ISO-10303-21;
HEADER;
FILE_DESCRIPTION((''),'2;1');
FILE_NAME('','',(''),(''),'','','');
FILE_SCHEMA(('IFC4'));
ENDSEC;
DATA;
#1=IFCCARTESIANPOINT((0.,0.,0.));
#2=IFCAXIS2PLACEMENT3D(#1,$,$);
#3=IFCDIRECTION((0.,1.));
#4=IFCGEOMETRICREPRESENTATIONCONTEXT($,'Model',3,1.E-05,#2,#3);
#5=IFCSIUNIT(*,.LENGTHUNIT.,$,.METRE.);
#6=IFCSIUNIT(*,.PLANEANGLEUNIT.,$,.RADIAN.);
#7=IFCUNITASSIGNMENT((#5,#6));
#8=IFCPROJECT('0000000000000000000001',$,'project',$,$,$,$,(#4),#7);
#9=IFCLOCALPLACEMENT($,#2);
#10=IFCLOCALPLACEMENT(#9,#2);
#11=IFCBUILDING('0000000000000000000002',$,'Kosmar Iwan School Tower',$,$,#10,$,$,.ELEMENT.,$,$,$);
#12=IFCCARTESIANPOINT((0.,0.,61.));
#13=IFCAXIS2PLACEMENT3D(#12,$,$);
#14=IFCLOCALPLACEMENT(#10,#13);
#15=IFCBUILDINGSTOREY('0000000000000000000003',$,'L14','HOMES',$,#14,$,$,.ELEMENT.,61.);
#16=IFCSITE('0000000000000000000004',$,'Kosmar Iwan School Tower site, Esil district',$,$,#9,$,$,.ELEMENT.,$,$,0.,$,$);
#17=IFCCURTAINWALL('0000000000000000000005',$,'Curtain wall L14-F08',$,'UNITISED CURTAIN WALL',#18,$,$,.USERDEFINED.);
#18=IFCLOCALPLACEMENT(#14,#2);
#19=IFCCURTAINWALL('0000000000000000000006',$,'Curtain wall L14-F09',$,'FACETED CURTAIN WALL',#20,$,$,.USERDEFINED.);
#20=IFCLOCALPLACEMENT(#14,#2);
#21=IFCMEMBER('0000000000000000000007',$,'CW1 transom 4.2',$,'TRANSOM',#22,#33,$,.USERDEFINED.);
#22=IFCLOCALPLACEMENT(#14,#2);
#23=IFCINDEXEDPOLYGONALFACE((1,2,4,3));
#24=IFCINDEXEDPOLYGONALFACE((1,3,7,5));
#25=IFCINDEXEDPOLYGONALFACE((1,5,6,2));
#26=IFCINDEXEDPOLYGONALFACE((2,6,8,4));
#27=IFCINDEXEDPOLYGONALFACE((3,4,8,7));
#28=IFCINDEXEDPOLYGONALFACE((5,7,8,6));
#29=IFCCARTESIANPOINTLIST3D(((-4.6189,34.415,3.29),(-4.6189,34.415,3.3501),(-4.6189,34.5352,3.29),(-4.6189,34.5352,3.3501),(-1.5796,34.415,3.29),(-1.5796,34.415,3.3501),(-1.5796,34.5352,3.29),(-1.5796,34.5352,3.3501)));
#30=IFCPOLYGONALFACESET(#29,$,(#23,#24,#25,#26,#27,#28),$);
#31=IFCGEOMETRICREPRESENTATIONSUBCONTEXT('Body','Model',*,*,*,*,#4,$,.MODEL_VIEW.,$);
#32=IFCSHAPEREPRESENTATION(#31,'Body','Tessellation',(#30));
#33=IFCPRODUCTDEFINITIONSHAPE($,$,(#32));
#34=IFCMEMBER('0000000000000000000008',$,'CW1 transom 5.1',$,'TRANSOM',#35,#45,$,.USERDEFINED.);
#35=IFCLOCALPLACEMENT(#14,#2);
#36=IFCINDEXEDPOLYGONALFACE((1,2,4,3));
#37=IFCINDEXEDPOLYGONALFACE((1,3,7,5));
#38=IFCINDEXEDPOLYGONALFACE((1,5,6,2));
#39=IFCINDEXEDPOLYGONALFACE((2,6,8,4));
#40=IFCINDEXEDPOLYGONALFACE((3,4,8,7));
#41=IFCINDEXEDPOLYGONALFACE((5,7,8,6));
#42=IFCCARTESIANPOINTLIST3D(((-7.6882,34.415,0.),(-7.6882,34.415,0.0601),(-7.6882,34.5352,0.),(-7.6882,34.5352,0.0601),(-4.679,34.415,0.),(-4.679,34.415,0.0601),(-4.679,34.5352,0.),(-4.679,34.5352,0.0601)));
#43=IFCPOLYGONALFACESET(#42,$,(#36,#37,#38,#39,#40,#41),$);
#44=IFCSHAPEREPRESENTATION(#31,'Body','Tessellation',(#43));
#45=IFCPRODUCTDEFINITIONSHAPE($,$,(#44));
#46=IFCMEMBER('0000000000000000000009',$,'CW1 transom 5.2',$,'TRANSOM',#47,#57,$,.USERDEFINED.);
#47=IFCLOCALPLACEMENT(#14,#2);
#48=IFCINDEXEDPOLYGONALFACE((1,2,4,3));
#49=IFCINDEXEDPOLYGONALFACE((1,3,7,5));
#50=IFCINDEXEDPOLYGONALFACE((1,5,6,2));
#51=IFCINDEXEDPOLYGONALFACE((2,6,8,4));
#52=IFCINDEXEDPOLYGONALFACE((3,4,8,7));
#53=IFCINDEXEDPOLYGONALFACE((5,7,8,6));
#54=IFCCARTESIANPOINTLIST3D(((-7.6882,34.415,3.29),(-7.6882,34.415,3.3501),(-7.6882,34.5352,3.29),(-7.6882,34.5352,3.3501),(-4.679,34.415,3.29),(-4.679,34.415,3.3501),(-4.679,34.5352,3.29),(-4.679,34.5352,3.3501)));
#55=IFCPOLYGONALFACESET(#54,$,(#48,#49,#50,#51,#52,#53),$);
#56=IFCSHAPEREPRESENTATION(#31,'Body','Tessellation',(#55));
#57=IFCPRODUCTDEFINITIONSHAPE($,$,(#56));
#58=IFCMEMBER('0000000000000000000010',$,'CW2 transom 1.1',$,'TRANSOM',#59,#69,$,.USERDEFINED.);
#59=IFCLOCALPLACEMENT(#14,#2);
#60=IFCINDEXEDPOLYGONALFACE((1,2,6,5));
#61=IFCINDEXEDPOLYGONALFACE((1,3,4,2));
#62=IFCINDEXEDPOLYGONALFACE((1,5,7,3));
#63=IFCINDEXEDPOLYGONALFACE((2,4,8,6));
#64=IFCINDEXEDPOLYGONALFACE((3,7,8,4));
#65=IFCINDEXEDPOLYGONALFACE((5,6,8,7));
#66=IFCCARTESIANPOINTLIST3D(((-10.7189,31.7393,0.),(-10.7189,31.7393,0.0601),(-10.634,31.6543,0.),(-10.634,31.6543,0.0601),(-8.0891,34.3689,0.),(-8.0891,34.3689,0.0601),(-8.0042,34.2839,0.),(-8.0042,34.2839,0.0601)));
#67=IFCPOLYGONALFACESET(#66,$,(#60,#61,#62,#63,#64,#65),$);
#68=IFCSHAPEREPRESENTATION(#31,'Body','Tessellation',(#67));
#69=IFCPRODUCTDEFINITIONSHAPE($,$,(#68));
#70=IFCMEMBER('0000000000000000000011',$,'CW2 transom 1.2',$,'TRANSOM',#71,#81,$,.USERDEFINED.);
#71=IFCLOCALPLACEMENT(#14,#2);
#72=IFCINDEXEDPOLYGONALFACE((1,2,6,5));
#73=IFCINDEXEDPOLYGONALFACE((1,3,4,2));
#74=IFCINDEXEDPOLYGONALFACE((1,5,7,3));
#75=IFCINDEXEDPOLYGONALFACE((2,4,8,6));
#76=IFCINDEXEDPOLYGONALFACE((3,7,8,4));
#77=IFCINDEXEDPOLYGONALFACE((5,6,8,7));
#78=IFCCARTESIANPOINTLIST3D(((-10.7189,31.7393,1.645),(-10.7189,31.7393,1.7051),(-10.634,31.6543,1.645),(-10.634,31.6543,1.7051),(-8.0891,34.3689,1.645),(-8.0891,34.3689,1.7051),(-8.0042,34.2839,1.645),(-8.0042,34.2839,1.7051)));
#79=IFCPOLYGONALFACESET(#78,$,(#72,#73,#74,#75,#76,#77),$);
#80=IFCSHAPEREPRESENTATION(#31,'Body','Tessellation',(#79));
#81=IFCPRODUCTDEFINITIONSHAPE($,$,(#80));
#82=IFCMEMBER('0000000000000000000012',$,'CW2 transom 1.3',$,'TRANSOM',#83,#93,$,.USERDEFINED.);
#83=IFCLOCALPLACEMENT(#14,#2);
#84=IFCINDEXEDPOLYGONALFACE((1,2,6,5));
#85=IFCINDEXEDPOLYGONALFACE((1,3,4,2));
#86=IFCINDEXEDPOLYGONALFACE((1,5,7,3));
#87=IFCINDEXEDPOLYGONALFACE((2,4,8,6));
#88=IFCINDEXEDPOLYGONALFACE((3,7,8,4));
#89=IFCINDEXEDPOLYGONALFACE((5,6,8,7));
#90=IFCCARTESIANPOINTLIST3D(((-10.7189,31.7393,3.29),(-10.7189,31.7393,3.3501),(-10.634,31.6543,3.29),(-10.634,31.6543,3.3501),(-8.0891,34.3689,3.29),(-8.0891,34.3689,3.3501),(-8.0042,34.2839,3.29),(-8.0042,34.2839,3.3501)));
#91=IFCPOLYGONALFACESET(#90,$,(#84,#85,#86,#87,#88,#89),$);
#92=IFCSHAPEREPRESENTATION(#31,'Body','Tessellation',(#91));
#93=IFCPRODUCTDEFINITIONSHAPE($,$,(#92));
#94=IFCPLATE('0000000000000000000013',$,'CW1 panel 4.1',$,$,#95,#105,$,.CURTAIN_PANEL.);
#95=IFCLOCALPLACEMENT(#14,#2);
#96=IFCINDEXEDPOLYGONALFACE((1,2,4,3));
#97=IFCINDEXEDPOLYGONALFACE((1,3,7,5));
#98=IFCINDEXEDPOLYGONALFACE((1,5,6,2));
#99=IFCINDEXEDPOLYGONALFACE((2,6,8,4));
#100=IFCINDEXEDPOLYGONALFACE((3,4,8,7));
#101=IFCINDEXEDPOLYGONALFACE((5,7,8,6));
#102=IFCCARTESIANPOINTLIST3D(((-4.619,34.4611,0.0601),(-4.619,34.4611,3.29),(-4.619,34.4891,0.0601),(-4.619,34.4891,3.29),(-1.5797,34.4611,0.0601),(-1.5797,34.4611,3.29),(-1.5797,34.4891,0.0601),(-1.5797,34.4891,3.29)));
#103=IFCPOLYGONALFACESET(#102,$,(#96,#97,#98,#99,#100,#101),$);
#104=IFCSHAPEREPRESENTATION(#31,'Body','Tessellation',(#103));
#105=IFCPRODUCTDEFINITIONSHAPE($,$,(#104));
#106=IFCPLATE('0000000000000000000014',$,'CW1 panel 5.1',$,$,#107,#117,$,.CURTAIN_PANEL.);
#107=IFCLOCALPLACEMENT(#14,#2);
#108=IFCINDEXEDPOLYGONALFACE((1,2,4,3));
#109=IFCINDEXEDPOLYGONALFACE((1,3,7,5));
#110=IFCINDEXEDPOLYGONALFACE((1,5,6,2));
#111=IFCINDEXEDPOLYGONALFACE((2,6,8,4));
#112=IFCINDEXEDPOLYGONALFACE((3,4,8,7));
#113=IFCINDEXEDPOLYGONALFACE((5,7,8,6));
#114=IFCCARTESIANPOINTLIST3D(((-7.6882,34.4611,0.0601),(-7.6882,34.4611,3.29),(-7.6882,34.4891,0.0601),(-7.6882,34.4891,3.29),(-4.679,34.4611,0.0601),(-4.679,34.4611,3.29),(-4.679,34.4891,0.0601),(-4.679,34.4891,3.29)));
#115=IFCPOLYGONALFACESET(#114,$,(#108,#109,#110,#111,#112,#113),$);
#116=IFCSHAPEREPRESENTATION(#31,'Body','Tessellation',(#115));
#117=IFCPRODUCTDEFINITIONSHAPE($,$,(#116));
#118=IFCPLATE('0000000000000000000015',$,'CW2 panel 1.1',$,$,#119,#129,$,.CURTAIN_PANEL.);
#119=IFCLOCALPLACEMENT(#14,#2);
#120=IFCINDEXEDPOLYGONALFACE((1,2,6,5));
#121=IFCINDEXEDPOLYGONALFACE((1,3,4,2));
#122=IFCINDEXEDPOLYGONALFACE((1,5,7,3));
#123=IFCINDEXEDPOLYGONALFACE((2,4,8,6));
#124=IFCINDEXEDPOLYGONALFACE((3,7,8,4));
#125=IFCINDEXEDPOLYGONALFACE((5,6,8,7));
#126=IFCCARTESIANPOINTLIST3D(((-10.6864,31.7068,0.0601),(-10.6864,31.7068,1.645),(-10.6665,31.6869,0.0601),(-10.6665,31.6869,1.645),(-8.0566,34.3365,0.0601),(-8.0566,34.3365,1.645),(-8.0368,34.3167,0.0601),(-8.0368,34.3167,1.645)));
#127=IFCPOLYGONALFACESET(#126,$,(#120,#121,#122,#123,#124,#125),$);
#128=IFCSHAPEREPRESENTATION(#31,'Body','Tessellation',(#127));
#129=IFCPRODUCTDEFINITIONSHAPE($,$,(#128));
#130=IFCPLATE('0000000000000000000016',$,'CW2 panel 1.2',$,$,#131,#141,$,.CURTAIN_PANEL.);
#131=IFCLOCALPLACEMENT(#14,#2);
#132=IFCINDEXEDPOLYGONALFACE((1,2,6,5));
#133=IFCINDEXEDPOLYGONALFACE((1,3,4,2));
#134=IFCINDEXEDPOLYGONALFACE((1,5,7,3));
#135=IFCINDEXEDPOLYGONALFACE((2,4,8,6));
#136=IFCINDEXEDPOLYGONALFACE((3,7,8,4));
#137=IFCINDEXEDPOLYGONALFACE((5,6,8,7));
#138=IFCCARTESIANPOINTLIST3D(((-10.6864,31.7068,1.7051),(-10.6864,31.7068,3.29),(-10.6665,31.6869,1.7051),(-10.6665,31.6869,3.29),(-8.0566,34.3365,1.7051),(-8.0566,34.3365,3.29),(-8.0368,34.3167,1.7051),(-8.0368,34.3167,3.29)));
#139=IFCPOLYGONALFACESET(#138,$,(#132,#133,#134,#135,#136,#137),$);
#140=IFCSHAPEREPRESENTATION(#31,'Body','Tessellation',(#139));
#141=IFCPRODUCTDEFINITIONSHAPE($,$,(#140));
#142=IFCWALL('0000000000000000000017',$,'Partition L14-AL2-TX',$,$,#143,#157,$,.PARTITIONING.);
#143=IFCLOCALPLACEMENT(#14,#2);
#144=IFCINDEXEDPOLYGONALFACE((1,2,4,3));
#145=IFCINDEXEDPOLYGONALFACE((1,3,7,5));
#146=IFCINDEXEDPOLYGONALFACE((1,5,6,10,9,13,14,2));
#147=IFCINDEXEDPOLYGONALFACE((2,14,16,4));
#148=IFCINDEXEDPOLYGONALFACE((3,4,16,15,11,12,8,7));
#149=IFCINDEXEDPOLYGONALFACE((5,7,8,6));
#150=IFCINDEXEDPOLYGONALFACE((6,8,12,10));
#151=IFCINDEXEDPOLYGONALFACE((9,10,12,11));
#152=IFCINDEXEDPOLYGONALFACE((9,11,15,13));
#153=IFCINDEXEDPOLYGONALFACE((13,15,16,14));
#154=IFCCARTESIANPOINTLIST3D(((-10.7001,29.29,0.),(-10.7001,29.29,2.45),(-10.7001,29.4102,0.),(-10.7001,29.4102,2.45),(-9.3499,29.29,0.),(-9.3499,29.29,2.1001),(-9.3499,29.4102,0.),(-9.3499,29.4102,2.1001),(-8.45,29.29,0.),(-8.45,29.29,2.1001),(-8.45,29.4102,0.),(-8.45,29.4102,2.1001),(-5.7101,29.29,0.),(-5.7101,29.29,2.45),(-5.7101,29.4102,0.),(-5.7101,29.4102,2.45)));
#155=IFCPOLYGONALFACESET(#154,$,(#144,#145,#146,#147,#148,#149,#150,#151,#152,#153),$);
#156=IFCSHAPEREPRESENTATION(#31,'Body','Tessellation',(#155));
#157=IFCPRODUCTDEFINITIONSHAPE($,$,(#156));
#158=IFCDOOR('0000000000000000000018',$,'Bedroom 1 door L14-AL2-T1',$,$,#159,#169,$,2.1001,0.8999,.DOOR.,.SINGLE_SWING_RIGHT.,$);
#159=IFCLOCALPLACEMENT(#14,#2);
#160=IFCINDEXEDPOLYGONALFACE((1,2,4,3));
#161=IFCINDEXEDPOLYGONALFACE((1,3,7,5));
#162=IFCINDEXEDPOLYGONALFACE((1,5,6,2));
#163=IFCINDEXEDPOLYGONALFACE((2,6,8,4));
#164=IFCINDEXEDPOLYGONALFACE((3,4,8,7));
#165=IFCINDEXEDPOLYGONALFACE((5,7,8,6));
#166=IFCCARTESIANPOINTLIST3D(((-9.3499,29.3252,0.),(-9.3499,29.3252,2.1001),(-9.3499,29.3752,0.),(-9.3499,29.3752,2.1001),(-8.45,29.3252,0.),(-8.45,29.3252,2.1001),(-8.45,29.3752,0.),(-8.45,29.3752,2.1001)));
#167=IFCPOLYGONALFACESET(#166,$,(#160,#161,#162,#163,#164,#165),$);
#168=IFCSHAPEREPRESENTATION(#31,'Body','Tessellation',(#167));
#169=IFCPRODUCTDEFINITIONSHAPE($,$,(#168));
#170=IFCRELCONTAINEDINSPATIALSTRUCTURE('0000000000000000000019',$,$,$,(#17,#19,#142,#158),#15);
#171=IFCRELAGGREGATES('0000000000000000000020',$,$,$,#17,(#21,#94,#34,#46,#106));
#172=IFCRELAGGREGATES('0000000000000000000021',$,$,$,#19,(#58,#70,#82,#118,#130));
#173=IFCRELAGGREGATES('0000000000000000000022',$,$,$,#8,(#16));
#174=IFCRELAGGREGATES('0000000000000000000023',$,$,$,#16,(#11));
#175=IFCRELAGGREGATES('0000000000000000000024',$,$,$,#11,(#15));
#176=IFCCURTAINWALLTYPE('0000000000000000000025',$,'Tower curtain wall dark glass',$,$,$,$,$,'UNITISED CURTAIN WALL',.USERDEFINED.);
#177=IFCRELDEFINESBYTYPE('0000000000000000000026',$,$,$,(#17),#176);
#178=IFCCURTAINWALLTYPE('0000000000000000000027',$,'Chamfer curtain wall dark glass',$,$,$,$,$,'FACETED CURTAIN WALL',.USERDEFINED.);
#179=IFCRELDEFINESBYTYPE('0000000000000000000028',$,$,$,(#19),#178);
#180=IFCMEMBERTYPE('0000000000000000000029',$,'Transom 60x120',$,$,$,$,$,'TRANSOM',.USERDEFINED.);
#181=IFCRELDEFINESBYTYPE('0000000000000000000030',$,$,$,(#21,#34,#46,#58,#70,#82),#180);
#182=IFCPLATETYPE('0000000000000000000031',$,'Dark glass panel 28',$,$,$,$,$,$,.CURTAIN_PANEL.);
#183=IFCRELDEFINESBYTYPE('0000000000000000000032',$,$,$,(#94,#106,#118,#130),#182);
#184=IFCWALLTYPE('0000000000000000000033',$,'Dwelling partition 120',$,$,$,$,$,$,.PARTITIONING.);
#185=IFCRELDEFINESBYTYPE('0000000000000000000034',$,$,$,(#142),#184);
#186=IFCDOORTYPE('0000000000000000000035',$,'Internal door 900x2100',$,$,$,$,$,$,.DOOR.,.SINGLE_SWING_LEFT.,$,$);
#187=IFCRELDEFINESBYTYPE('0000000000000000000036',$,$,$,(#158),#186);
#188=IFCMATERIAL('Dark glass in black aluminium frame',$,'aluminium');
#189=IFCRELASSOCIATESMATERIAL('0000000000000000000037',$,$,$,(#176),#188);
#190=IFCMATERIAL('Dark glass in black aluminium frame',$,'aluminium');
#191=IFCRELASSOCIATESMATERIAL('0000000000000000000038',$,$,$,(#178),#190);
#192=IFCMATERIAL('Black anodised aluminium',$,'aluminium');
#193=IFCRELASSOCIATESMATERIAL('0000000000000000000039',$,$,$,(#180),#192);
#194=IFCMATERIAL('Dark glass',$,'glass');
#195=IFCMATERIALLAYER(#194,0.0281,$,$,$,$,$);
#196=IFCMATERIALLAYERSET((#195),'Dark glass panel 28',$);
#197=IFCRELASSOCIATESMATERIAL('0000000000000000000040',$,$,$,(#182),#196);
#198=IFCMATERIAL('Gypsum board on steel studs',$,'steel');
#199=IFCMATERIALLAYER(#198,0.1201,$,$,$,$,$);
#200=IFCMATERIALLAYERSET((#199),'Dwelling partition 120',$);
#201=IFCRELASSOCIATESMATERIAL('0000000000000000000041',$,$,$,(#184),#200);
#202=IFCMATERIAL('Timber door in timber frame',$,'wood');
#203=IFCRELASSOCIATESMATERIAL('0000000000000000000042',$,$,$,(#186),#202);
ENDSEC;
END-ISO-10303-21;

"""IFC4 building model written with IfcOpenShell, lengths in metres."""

from ifc_helpers import new_model, si_unit, direction, frame, frame_2d, origin, origin_2d, place, context, subcontext, project, spatial, rectangle, extrude, material, layer, layer_set, material_profile, profile_set, type_object, element, fill, aggregate, save


model = new_model("IFC4")

# Units and contexts
model_context = context("Model", 3, precision=1e-05, world=origin(), true_north=direction((0.0, 1.0)))
body_context = subcontext(model_context, "Body", "Model", "MODEL_VIEW")
ifc_project = project(units=[si_unit("LENGTHUNIT", "METRE"), si_unit("PLANEANGLEUNIT", "RADIAN")], contexts=[model_context])

# Site, building, storey
site_placement = place(None, origin())
site = spatial("IfcSite", under=ifc_project, at=site_placement, Name="Kosmar Iwan School Tower site, Esil district", CompositionType="ELEMENT", RefElevation=0.0)
building_placement = place(site_placement, origin())
building = spatial("IfcBuilding", under=site, at=building_placement, Name="Kosmar Iwan School Tower", CompositionType="ELEMENT")
storey_placement = place(building_placement, frame((0.0, 0.0, 61.0)))
storey = spatial("IfcBuildingStorey", under=building, at=storey_placement, Name="L14", Description="HOMES", CompositionType="ELEMENT", Elevation=61.0)

# Curtain walls
ifc_material_1 = material(Name="Dark glass in black aluminium frame", Category="aluminium")
curtain_wall_type_1 = type_object("IfcCurtainWallType", Name="Tower curtain wall dark glass", ElementType="UNITISED CURTAIN WALL", PredefinedType="USERDEFINED", material=ifc_material_1)
curtain_wall_1_placement = place(storey_placement, origin())
curtain_wall_1 = element("IfcCurtainWall", 1, at=curtain_wall_1_placement, inside=storey, type_object=curtain_wall_type_1, Name="Curtain wall L14-F08", ObjectType="UNITISED CURTAIN WALL", PredefinedType="USERDEFINED")
ifc_material_2 = material(Name="Dark glass in black aluminium frame", Category="aluminium")
curtain_wall_type_2 = type_object("IfcCurtainWallType", Name="Chamfer curtain wall dark glass", ElementType="FACETED CURTAIN WALL", PredefinedType="USERDEFINED", material=ifc_material_2)
curtain_wall_2_placement = place(storey_placement, origin())
curtain_wall_2 = element("IfcCurtainWall", 2, at=curtain_wall_2_placement, inside=storey, type_object=curtain_wall_type_2, Name="Curtain wall L14-F09", ObjectType="FACETED CURTAIN WALL", PredefinedType="USERDEFINED")

# Members
ifc_material_3 = material(Name="Black anodised aluminium", Category="aluminium")
ifc_material_profile_1 = material_profile(ifc_material_3, rectangle(XDim=0.1201, YDim=0.0601, at=origin_2d()), Name="TRANSOM 60x120")
ifc_profile_set_1 = profile_set([ifc_material_profile_1], Name="Black anodised aluminium")
member_type_1 = type_object("IfcMemberType", Name="Transom 60x120", ElementType="TRANSOM", PredefinedType="USERDEFINED", material=ifc_profile_set_1)
member_1_placement = place(storey_placement, frame((-1.5796, 34.4751, 3.3201), z_axis=(-1.0, 0.0, 0.0), x_axis=(0.0, -1.0, 0.0)))
member_1 = element("IfcMember", 3, at=member_1_placement, type_object=member_type_1, Name="CW1 transom 4.2", ObjectType="TRANSOM", PredefinedType="USERDEFINED", context=body_context, shape_type="SweptSolid", body=[
    extrude(rectangle(XDim=0.1201, YDim=0.0601, at=origin_2d()), origin(), (0.0, 0.0, 1.0), 3.0393),
])
member_2_placement = place(storey_placement, frame((-4.679, 34.4751, 0.03), z_axis=(-1.0, 0.0, 0.0), x_axis=(0.0, -1.0, 0.0)))
member_2 = element("IfcMember", 4, at=member_2_placement, type_object=member_type_1, Name="CW1 transom 5.1", ObjectType="TRANSOM", PredefinedType="USERDEFINED", context=body_context, shape_type="SweptSolid", body=[
    extrude(rectangle(XDim=0.1201, YDim=0.0601, at=origin_2d()), origin(), (0.0, 0.0, 1.0), 3.0093),
])
member_3_placement = place(storey_placement, frame((-4.679, 34.4751, 3.3201), z_axis=(-1.0, 0.0, 0.0), x_axis=(0.0, -1.0, 0.0)))
member_3 = element("IfcMember", 5, at=member_3_placement, type_object=member_type_1, Name="CW1 transom 5.2", ObjectType="TRANSOM", PredefinedType="USERDEFINED", context=body_context, shape_type="SweptSolid", body=[
    extrude(rectangle(XDim=0.1201, YDim=0.0601, at=origin_2d()), origin(), (0.0, 0.0, 1.0), 3.0093),
])
member_4_placement = place(storey_placement, frame((-8.0466, 34.3264, 0.03), z_axis=(-0.70714, -0.707074, 0.0), x_axis=(0.707074, -0.70714, 0.0)))
member_4 = element("IfcMember", 6, at=member_4_placement, type_object=member_type_1, Name="CW2 transom 1.1", ObjectType="TRANSOM", PredefinedType="USERDEFINED", context=body_context, shape_type="SweptSolid", body=[
    extrude(rectangle(XDim=0.1201, YDim=0.0601, at=origin_2d()), origin(), (0.0, 0.0, 1.0), 3.719),
])
member_5_placement = place(storey_placement, frame((-8.0466, 34.3264, 1.675), z_axis=(-0.70714, -0.707074, 0.0), x_axis=(0.707074, -0.70714, 0.0)))
member_5 = element("IfcMember", 7, at=member_5_placement, type_object=member_type_1, Name="CW2 transom 1.2", ObjectType="TRANSOM", PredefinedType="USERDEFINED", context=body_context, shape_type="SweptSolid", body=[
    extrude(rectangle(XDim=0.1201, YDim=0.0601, at=origin_2d()), origin(), (0.0, 0.0, 1.0), 3.719),
])
member_6_placement = place(storey_placement, frame((-8.0466, 34.3264, 3.3201), z_axis=(-0.70714, -0.707074, 0.0), x_axis=(0.707074, -0.70714, 0.0)))
member_6 = element("IfcMember", 8, at=member_6_placement, type_object=member_type_1, Name="CW2 transom 1.3", ObjectType="TRANSOM", PredefinedType="USERDEFINED", context=body_context, shape_type="SweptSolid", body=[
    extrude(rectangle(XDim=0.1201, YDim=0.0601, at=origin_2d()), origin(), (0.0, 0.0, 1.0), 3.719),
])

# Plates
ifc_material_4 = material(Name="Dark glass", Category="glass")
ifc_layer_1 = layer(ifc_material_4, 0.0281)
ifc_layer_set_1 = layer_set([ifc_layer_1], Name="Dark glass panel 28")
plate_type = type_object("IfcPlateType", Name="Dark glass panel 28", PredefinedType="CURTAIN_PANEL", material=ifc_layer_set_1)
plate_1_placement = place(storey_placement, frame((-3.0994, 34.4751, 0.0601), z_axis=(0.0, 0.0, 1.0), x_axis=(-1.0, 0.0, 0.0)))
plate_1 = element("IfcPlate", 9, at=plate_1_placement, type_object=plate_type, Name="CW1 panel 4.1", PredefinedType="CURTAIN_PANEL", context=body_context, shape_type="SweptSolid", body=[
    extrude(rectangle(XDim=3.0393, YDim=0.0281, at=origin_2d()), origin(), (0.0, 0.0, 1.0), 3.23),
])
plate_2_placement = place(storey_placement, frame((-6.1836, 34.4751, 0.0601), z_axis=(0.0, 0.0, 1.0), x_axis=(-1.0, 0.0, 0.0)))
plate_2 = element("IfcPlate", 10, at=plate_2_placement, type_object=plate_type, Name="CW1 panel 5.1", PredefinedType="CURTAIN_PANEL", context=body_context, shape_type="SweptSolid", body=[
    extrude(rectangle(XDim=3.0093, YDim=0.0281, at=origin_2d()), origin(), (0.0, 0.0, 1.0), 3.23),
])
aggregate(curtain_wall_1, [member_1, plate_1, member_2, member_3, plate_2])
plate_3_placement = place(storey_placement, frame((-9.3616, 33.0117, 0.0601), z_axis=(0.0, 0.0, 1.0), x_axis=(-0.707107, -0.707107, 0.0)))
plate_3 = element("IfcPlate", 11, at=plate_3_placement, type_object=plate_type, Name="CW2 panel 1.1", PredefinedType="CURTAIN_PANEL", context=body_context, shape_type="SweptSolid", body=[
    extrude(rectangle(XDim=3.719, YDim=0.0281, at=origin_2d()), origin(), (0.0, 0.0, 1.0), 1.585),
])
plate_4_placement = place(storey_placement, frame((-9.3616, 33.0117, 1.7051), z_axis=(0.0, 0.0, 1.0), x_axis=(-0.707107, -0.707107, 0.0)))
plate_4 = element("IfcPlate", 12, at=plate_4_placement, type_object=plate_type, Name="CW2 panel 1.2", PredefinedType="CURTAIN_PANEL", context=body_context, shape_type="SweptSolid", body=[
    extrude(rectangle(XDim=3.719, YDim=0.0281, at=origin_2d()), origin(), (0.0, 0.0, 1.0), 1.585),
])
aggregate(curtain_wall_2, [member_4, member_5, member_6, plate_3, plate_4])

# Wall, opening, door
ifc_material_5 = material(Name="Gypsum board on steel studs", Category="steel")
ifc_layer_2 = layer(ifc_material_5, 0.1201)
ifc_layer_set_2 = layer_set([ifc_layer_2], Name="Dwelling partition 120")
wall_type_1 = type_object("IfcWallType", Name="Dwelling partition 120", PredefinedType="PARTITIONING", material=ifc_layer_set_2)
wall_1_placement = place(storey_placement, frame((-5.71, 29.3501, 0.0), z_axis=(0.0, 0.0, 1.0), x_axis=(-1.0, 0.0, 0.0)))
wall_1 = element("IfcWall", 13, at=wall_1_placement, inside=storey, type_object=wall_type_1, Name="Partition L14-AL2-TX", PredefinedType="PARTITIONING", context=body_context, shape_type="SweptSolid", body=[
    extrude(rectangle(XDim=4.99, YDim=0.1201, at=frame_2d((2.4951, 0.0))), origin(), (0.0, 0.0, 1.0), 2.45),
])
opening_1_placement = place(wall_1_placement, frame((2.74, 0.0, 0.0)))
opening_1 = element("IfcOpeningElement", 14, at=opening_1_placement, cuts=wall_1, PredefinedType="OPENING", context=body_context, shape_type="SweptSolid", body=[
    extrude(rectangle(XDim=0.8999, YDim=2.1001, at=frame_2d((0.45, 1.05))), frame((0.0, 0.072, 0.0), z_axis=(0.0, -1.0, 0.0), x_axis=(1.0, 0.0, 0.0)), (0.0, 0.0, 1.0), 0.144),
])
ifc_material_6 = material(Name="Timber door in timber frame", Category="wood")
door_type_1 = type_object("IfcDoorType", Name="Internal door 900x2100", OperationType="SINGLE_SWING_LEFT", PredefinedType="DOOR", material=ifc_material_6)
door_1_placement = place(opening_1_placement, origin())
door_1 = element("IfcDoor", 15, at=door_1_placement, inside=storey, type_object=door_type_1, Name="Bedroom 1 door L14-AL2-T1", OperationType="SINGLE_SWING_RIGHT", OverallHeight=2.1001, OverallWidth=0.8999, PredefinedType="DOOR", context=body_context, shape_type="SweptSolid", body=[
    extrude(rectangle(XDim=0.8999, YDim=2.1001, at=frame_2d((0.45, 1.05))), frame((0.0, 0.0249, 0.0), z_axis=(0.0, -1.0, 0.0), x_axis=(1.0, 0.0, 0.0)), (0.0, 0.0, 1.0), 0.05),
])
fill(opening_1, door_1)

save(model, "model.ifc")
